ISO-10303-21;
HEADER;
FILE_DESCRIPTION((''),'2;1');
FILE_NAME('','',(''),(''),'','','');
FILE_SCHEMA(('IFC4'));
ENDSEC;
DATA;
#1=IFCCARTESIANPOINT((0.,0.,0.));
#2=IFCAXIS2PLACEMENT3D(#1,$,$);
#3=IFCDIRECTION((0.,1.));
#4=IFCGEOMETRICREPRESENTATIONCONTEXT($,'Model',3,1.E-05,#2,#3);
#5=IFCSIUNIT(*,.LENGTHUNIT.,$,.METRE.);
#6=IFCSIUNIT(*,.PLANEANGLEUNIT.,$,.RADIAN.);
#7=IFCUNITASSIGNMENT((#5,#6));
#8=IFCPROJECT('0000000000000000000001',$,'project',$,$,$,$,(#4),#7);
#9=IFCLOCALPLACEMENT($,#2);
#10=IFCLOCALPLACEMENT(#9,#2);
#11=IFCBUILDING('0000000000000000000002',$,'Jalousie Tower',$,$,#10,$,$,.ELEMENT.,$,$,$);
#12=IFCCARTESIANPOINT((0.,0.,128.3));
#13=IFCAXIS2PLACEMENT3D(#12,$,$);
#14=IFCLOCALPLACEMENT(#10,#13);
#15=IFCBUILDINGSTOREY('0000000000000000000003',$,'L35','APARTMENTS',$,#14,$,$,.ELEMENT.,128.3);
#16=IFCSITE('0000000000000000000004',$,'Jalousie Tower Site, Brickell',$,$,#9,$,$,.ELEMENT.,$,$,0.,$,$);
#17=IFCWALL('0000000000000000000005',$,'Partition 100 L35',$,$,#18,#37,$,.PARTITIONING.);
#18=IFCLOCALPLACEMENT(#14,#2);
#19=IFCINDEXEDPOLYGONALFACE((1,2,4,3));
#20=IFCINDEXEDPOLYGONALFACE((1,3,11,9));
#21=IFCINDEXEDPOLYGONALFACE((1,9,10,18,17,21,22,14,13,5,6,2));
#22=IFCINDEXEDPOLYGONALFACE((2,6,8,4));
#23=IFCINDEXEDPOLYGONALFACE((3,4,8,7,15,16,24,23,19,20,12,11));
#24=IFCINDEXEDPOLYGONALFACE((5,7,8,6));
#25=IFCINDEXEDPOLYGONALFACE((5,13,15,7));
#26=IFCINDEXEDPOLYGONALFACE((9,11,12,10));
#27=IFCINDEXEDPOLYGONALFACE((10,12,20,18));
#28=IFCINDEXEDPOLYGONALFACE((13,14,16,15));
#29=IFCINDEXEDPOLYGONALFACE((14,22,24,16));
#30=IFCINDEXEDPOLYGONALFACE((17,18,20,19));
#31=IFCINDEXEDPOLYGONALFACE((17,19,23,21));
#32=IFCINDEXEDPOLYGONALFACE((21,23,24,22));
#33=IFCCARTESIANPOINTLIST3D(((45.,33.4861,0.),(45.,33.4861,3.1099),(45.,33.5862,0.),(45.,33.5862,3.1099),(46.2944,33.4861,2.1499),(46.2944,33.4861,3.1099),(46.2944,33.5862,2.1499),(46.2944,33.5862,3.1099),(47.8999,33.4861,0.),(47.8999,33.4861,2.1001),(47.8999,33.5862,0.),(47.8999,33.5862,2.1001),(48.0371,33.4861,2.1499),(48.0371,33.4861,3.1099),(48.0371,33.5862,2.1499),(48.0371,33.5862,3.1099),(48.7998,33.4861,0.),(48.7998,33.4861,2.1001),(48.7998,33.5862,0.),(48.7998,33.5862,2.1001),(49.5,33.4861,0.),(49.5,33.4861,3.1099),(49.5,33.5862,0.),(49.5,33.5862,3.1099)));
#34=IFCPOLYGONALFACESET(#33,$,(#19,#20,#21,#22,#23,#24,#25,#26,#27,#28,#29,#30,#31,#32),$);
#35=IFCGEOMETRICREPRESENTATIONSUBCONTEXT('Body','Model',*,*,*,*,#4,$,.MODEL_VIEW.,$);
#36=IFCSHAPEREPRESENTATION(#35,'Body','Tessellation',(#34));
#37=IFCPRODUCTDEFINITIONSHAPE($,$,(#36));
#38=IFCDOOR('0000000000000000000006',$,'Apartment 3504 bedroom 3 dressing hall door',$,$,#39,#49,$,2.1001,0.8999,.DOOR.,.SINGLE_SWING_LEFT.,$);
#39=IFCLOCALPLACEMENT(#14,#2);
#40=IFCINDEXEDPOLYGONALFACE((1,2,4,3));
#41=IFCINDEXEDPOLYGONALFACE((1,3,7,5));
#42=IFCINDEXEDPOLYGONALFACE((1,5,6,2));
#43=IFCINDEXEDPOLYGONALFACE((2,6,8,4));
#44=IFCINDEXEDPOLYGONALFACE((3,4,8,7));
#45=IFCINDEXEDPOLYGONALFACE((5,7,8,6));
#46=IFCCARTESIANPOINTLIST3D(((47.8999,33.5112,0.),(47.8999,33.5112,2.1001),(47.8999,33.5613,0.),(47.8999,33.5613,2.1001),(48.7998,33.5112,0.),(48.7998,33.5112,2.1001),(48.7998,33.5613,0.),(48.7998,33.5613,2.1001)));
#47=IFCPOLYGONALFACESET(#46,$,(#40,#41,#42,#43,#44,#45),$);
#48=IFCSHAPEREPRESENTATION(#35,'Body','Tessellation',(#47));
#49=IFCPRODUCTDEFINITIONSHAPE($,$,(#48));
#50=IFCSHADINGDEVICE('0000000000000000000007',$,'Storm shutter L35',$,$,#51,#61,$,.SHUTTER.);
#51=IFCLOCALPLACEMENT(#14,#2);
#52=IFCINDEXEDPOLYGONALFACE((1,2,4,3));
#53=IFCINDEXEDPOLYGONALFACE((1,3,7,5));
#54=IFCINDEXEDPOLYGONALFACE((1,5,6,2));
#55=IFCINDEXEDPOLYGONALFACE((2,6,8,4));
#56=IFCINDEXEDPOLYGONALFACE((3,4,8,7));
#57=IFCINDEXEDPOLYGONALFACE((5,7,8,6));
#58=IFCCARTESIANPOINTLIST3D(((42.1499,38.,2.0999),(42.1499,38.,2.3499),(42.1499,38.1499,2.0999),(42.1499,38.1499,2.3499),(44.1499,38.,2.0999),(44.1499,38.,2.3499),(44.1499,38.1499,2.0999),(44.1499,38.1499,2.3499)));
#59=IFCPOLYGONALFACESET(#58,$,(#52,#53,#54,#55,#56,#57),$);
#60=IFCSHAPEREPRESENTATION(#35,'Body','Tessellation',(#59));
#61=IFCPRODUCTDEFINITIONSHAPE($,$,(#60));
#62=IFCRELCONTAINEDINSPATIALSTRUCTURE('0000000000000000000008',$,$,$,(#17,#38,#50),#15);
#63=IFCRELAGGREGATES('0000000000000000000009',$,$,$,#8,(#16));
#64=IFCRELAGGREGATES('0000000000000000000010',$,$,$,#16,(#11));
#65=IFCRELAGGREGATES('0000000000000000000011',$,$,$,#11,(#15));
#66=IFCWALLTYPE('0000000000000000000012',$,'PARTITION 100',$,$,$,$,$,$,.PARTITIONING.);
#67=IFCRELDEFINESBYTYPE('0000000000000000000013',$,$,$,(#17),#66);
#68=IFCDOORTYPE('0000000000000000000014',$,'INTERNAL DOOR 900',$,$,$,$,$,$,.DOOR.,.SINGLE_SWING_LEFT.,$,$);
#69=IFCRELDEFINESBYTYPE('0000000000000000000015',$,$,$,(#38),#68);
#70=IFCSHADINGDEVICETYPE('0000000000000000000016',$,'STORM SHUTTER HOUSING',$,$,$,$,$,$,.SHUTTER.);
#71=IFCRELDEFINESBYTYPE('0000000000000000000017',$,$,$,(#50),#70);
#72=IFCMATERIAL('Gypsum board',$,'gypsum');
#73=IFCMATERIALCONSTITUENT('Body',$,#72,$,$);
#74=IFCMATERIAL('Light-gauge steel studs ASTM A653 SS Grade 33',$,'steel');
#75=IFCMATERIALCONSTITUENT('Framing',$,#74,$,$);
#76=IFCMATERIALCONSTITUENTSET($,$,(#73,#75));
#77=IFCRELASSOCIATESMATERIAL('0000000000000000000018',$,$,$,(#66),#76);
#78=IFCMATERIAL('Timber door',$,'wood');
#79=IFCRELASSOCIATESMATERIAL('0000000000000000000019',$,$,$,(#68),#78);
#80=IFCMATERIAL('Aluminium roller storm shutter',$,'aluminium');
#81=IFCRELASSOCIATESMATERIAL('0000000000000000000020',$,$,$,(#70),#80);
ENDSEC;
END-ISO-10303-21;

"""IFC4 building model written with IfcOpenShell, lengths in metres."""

from ifc_helpers import new_model, si_unit, direction, frame, frame_2d, origin, origin_2d, place, context, subcontext, project, spatial, polyline, rectangle, outline, extrude, material, constituent, constituent_set, type_object, element, fill, save


model = new_model("IFC4")

# Units and contexts
model_context = context("Model", 3, precision=1e-05, world=origin(), true_north=direction((0.0, 1.0)))
body_context = subcontext(model_context, "Body", "Model", "MODEL_VIEW")
ifc_project = project(units=[si_unit("LENGTHUNIT", "METRE"), si_unit("PLANEANGLEUNIT", "RADIAN")], contexts=[model_context])

# Site, building, storey
site_placement = place(None, origin())
site = spatial("IfcSite", under=ifc_project, at=site_placement, Name="Jalousie Tower Site, Brickell", CompositionType="ELEMENT", RefElevation=0.0)
building_placement = place(site_placement, origin())
building = spatial("IfcBuilding", under=site, at=building_placement, Name="Jalousie Tower", CompositionType="ELEMENT")
storey_placement = place(building_placement, frame((0.0, 0.0, 128.3)))
storey = spatial("IfcBuildingStorey", under=building, at=storey_placement, Name="L35", Description="APARTMENTS", CompositionType="ELEMENT", Elevation=128.3)

# Shared definitions
ifc_material_1 = material(Name="Gypsum board", Category="gypsum")
ifc_constituent_1 = constituent(ifc_material_1, Name="Body")
ifc_material_2 = material(Name="Light-gauge steel studs ASTM A653 SS Grade 33", Category="steel")
ifc_constituent_2 = constituent(ifc_material_2, Name="Framing")
ifc_constituent_set_1 = constituent_set(constituents=[ifc_constituent_1, ifc_constituent_2])
wall_type_1 = type_object("IfcWallType", Name="PARTITION 100", PredefinedType="PARTITIONING", material=ifc_constituent_set_1)
ifc_material_3 = material(Name="Timber door", Category="wood")
door_type_1 = type_object("IfcDoorType", Name="INTERNAL DOOR 900", OperationType="SINGLE_SWING_LEFT", PredefinedType="DOOR", material=ifc_material_3)

# Wall, opening, door
wall_1_placement = place(storey_placement, frame((45.0, 33.5361, 0.0), z_axis=(0.0, 0.0, 1.0), x_axis=(1.0, 0.0, 0.0)))
wall_1 = element("IfcWall", 1, at=wall_1_placement, inside=storey, type_object=wall_type_1, Name="Partition 100 L35", PredefinedType="PARTITIONING", context=body_context, shape_type="SweptSolid", body=[
    extrude(outline(polyline([(0.0, 0.0), (4.5, 0.0), (4.5, 3.1099), (3.0371, 3.1099), (3.0371, 2.1499), (1.2944, 2.1499), (1.2944, 3.1099), (0.0, 3.1099), (0.0, 0.0)])), frame((0.0, 0.05, 0.0), z_axis=(0.0, -1.0, 0.0), x_axis=(1.0, 0.0, 0.0)), (0.0, 0.0, 1.0), 0.1001),
])
opening_1_placement = place(wall_1_placement, frame((2.8999, 0.0, 0.0)))
opening_1 = element("IfcOpeningElement", 2, at=opening_1_placement, cuts=wall_1, PredefinedType="OPENING", context=body_context, shape_type="SweptSolid", body=[
    extrude(rectangle(XDim=0.8999, YDim=2.1001, at=frame_2d((0.45, 1.05))), frame((0.0, 0.0601, 0.0), z_axis=(0.0, -1.0, 0.0), x_axis=(1.0, 0.0, 0.0)), (0.0, 0.0, 1.0), 0.1201),
])
door_1_placement = place(opening_1_placement, frame((0.8999, 0.0, 0.0), z_axis=(0.0, 0.0, 1.0), x_axis=(-1.0, 0.0, 0.0)))
door_1 = element("IfcDoor", 3, at=door_1_placement, inside=storey, type_object=door_type_1, Name="Apartment 3504 bedroom 3 dressing hall door", OperationType="SINGLE_SWING_LEFT", OverallHeight=2.1001, OverallWidth=0.8999, PredefinedType="DOOR", context=body_context, shape_type="SweptSolid", body=[
    extrude(rectangle(XDim=0.8999, YDim=2.1001, at=frame_2d((0.45, 1.05))), frame((0.0, 0.0249, 0.0), z_axis=(0.0, -1.0, 0.0), x_axis=(1.0, 0.0, 0.0)), (0.0, 0.0, 1.0), 0.05),
])
fill(opening_1, door_1)

# Shading device
ifc_material_4 = material(Name="Aluminium roller storm shutter", Category="aluminium")
shading_device_type = type_object("IfcShadingDeviceType", Name="STORM SHUTTER HOUSING", PredefinedType="SHUTTER", material=ifc_material_4)
shading_device_placement = place(storey_placement, frame((43.1499, 38.075, 2.0999), z_axis=(0.0, 0.0, 1.0), x_axis=(-1.0, 0.0, 0.0)))
element("IfcShadingDevice", 4, at=shading_device_placement, inside=storey, type_object=shading_device_type, Name="Storm shutter L35", PredefinedType="SHUTTER", context=body_context, shape_type="SweptSolid", body=[
    extrude(rectangle(XDim=2.0, YDim=0.1499, at=origin_2d()), origin(), (0.0, 0.0, 1.0), 0.25),
])

save(model, "model.ifc")
